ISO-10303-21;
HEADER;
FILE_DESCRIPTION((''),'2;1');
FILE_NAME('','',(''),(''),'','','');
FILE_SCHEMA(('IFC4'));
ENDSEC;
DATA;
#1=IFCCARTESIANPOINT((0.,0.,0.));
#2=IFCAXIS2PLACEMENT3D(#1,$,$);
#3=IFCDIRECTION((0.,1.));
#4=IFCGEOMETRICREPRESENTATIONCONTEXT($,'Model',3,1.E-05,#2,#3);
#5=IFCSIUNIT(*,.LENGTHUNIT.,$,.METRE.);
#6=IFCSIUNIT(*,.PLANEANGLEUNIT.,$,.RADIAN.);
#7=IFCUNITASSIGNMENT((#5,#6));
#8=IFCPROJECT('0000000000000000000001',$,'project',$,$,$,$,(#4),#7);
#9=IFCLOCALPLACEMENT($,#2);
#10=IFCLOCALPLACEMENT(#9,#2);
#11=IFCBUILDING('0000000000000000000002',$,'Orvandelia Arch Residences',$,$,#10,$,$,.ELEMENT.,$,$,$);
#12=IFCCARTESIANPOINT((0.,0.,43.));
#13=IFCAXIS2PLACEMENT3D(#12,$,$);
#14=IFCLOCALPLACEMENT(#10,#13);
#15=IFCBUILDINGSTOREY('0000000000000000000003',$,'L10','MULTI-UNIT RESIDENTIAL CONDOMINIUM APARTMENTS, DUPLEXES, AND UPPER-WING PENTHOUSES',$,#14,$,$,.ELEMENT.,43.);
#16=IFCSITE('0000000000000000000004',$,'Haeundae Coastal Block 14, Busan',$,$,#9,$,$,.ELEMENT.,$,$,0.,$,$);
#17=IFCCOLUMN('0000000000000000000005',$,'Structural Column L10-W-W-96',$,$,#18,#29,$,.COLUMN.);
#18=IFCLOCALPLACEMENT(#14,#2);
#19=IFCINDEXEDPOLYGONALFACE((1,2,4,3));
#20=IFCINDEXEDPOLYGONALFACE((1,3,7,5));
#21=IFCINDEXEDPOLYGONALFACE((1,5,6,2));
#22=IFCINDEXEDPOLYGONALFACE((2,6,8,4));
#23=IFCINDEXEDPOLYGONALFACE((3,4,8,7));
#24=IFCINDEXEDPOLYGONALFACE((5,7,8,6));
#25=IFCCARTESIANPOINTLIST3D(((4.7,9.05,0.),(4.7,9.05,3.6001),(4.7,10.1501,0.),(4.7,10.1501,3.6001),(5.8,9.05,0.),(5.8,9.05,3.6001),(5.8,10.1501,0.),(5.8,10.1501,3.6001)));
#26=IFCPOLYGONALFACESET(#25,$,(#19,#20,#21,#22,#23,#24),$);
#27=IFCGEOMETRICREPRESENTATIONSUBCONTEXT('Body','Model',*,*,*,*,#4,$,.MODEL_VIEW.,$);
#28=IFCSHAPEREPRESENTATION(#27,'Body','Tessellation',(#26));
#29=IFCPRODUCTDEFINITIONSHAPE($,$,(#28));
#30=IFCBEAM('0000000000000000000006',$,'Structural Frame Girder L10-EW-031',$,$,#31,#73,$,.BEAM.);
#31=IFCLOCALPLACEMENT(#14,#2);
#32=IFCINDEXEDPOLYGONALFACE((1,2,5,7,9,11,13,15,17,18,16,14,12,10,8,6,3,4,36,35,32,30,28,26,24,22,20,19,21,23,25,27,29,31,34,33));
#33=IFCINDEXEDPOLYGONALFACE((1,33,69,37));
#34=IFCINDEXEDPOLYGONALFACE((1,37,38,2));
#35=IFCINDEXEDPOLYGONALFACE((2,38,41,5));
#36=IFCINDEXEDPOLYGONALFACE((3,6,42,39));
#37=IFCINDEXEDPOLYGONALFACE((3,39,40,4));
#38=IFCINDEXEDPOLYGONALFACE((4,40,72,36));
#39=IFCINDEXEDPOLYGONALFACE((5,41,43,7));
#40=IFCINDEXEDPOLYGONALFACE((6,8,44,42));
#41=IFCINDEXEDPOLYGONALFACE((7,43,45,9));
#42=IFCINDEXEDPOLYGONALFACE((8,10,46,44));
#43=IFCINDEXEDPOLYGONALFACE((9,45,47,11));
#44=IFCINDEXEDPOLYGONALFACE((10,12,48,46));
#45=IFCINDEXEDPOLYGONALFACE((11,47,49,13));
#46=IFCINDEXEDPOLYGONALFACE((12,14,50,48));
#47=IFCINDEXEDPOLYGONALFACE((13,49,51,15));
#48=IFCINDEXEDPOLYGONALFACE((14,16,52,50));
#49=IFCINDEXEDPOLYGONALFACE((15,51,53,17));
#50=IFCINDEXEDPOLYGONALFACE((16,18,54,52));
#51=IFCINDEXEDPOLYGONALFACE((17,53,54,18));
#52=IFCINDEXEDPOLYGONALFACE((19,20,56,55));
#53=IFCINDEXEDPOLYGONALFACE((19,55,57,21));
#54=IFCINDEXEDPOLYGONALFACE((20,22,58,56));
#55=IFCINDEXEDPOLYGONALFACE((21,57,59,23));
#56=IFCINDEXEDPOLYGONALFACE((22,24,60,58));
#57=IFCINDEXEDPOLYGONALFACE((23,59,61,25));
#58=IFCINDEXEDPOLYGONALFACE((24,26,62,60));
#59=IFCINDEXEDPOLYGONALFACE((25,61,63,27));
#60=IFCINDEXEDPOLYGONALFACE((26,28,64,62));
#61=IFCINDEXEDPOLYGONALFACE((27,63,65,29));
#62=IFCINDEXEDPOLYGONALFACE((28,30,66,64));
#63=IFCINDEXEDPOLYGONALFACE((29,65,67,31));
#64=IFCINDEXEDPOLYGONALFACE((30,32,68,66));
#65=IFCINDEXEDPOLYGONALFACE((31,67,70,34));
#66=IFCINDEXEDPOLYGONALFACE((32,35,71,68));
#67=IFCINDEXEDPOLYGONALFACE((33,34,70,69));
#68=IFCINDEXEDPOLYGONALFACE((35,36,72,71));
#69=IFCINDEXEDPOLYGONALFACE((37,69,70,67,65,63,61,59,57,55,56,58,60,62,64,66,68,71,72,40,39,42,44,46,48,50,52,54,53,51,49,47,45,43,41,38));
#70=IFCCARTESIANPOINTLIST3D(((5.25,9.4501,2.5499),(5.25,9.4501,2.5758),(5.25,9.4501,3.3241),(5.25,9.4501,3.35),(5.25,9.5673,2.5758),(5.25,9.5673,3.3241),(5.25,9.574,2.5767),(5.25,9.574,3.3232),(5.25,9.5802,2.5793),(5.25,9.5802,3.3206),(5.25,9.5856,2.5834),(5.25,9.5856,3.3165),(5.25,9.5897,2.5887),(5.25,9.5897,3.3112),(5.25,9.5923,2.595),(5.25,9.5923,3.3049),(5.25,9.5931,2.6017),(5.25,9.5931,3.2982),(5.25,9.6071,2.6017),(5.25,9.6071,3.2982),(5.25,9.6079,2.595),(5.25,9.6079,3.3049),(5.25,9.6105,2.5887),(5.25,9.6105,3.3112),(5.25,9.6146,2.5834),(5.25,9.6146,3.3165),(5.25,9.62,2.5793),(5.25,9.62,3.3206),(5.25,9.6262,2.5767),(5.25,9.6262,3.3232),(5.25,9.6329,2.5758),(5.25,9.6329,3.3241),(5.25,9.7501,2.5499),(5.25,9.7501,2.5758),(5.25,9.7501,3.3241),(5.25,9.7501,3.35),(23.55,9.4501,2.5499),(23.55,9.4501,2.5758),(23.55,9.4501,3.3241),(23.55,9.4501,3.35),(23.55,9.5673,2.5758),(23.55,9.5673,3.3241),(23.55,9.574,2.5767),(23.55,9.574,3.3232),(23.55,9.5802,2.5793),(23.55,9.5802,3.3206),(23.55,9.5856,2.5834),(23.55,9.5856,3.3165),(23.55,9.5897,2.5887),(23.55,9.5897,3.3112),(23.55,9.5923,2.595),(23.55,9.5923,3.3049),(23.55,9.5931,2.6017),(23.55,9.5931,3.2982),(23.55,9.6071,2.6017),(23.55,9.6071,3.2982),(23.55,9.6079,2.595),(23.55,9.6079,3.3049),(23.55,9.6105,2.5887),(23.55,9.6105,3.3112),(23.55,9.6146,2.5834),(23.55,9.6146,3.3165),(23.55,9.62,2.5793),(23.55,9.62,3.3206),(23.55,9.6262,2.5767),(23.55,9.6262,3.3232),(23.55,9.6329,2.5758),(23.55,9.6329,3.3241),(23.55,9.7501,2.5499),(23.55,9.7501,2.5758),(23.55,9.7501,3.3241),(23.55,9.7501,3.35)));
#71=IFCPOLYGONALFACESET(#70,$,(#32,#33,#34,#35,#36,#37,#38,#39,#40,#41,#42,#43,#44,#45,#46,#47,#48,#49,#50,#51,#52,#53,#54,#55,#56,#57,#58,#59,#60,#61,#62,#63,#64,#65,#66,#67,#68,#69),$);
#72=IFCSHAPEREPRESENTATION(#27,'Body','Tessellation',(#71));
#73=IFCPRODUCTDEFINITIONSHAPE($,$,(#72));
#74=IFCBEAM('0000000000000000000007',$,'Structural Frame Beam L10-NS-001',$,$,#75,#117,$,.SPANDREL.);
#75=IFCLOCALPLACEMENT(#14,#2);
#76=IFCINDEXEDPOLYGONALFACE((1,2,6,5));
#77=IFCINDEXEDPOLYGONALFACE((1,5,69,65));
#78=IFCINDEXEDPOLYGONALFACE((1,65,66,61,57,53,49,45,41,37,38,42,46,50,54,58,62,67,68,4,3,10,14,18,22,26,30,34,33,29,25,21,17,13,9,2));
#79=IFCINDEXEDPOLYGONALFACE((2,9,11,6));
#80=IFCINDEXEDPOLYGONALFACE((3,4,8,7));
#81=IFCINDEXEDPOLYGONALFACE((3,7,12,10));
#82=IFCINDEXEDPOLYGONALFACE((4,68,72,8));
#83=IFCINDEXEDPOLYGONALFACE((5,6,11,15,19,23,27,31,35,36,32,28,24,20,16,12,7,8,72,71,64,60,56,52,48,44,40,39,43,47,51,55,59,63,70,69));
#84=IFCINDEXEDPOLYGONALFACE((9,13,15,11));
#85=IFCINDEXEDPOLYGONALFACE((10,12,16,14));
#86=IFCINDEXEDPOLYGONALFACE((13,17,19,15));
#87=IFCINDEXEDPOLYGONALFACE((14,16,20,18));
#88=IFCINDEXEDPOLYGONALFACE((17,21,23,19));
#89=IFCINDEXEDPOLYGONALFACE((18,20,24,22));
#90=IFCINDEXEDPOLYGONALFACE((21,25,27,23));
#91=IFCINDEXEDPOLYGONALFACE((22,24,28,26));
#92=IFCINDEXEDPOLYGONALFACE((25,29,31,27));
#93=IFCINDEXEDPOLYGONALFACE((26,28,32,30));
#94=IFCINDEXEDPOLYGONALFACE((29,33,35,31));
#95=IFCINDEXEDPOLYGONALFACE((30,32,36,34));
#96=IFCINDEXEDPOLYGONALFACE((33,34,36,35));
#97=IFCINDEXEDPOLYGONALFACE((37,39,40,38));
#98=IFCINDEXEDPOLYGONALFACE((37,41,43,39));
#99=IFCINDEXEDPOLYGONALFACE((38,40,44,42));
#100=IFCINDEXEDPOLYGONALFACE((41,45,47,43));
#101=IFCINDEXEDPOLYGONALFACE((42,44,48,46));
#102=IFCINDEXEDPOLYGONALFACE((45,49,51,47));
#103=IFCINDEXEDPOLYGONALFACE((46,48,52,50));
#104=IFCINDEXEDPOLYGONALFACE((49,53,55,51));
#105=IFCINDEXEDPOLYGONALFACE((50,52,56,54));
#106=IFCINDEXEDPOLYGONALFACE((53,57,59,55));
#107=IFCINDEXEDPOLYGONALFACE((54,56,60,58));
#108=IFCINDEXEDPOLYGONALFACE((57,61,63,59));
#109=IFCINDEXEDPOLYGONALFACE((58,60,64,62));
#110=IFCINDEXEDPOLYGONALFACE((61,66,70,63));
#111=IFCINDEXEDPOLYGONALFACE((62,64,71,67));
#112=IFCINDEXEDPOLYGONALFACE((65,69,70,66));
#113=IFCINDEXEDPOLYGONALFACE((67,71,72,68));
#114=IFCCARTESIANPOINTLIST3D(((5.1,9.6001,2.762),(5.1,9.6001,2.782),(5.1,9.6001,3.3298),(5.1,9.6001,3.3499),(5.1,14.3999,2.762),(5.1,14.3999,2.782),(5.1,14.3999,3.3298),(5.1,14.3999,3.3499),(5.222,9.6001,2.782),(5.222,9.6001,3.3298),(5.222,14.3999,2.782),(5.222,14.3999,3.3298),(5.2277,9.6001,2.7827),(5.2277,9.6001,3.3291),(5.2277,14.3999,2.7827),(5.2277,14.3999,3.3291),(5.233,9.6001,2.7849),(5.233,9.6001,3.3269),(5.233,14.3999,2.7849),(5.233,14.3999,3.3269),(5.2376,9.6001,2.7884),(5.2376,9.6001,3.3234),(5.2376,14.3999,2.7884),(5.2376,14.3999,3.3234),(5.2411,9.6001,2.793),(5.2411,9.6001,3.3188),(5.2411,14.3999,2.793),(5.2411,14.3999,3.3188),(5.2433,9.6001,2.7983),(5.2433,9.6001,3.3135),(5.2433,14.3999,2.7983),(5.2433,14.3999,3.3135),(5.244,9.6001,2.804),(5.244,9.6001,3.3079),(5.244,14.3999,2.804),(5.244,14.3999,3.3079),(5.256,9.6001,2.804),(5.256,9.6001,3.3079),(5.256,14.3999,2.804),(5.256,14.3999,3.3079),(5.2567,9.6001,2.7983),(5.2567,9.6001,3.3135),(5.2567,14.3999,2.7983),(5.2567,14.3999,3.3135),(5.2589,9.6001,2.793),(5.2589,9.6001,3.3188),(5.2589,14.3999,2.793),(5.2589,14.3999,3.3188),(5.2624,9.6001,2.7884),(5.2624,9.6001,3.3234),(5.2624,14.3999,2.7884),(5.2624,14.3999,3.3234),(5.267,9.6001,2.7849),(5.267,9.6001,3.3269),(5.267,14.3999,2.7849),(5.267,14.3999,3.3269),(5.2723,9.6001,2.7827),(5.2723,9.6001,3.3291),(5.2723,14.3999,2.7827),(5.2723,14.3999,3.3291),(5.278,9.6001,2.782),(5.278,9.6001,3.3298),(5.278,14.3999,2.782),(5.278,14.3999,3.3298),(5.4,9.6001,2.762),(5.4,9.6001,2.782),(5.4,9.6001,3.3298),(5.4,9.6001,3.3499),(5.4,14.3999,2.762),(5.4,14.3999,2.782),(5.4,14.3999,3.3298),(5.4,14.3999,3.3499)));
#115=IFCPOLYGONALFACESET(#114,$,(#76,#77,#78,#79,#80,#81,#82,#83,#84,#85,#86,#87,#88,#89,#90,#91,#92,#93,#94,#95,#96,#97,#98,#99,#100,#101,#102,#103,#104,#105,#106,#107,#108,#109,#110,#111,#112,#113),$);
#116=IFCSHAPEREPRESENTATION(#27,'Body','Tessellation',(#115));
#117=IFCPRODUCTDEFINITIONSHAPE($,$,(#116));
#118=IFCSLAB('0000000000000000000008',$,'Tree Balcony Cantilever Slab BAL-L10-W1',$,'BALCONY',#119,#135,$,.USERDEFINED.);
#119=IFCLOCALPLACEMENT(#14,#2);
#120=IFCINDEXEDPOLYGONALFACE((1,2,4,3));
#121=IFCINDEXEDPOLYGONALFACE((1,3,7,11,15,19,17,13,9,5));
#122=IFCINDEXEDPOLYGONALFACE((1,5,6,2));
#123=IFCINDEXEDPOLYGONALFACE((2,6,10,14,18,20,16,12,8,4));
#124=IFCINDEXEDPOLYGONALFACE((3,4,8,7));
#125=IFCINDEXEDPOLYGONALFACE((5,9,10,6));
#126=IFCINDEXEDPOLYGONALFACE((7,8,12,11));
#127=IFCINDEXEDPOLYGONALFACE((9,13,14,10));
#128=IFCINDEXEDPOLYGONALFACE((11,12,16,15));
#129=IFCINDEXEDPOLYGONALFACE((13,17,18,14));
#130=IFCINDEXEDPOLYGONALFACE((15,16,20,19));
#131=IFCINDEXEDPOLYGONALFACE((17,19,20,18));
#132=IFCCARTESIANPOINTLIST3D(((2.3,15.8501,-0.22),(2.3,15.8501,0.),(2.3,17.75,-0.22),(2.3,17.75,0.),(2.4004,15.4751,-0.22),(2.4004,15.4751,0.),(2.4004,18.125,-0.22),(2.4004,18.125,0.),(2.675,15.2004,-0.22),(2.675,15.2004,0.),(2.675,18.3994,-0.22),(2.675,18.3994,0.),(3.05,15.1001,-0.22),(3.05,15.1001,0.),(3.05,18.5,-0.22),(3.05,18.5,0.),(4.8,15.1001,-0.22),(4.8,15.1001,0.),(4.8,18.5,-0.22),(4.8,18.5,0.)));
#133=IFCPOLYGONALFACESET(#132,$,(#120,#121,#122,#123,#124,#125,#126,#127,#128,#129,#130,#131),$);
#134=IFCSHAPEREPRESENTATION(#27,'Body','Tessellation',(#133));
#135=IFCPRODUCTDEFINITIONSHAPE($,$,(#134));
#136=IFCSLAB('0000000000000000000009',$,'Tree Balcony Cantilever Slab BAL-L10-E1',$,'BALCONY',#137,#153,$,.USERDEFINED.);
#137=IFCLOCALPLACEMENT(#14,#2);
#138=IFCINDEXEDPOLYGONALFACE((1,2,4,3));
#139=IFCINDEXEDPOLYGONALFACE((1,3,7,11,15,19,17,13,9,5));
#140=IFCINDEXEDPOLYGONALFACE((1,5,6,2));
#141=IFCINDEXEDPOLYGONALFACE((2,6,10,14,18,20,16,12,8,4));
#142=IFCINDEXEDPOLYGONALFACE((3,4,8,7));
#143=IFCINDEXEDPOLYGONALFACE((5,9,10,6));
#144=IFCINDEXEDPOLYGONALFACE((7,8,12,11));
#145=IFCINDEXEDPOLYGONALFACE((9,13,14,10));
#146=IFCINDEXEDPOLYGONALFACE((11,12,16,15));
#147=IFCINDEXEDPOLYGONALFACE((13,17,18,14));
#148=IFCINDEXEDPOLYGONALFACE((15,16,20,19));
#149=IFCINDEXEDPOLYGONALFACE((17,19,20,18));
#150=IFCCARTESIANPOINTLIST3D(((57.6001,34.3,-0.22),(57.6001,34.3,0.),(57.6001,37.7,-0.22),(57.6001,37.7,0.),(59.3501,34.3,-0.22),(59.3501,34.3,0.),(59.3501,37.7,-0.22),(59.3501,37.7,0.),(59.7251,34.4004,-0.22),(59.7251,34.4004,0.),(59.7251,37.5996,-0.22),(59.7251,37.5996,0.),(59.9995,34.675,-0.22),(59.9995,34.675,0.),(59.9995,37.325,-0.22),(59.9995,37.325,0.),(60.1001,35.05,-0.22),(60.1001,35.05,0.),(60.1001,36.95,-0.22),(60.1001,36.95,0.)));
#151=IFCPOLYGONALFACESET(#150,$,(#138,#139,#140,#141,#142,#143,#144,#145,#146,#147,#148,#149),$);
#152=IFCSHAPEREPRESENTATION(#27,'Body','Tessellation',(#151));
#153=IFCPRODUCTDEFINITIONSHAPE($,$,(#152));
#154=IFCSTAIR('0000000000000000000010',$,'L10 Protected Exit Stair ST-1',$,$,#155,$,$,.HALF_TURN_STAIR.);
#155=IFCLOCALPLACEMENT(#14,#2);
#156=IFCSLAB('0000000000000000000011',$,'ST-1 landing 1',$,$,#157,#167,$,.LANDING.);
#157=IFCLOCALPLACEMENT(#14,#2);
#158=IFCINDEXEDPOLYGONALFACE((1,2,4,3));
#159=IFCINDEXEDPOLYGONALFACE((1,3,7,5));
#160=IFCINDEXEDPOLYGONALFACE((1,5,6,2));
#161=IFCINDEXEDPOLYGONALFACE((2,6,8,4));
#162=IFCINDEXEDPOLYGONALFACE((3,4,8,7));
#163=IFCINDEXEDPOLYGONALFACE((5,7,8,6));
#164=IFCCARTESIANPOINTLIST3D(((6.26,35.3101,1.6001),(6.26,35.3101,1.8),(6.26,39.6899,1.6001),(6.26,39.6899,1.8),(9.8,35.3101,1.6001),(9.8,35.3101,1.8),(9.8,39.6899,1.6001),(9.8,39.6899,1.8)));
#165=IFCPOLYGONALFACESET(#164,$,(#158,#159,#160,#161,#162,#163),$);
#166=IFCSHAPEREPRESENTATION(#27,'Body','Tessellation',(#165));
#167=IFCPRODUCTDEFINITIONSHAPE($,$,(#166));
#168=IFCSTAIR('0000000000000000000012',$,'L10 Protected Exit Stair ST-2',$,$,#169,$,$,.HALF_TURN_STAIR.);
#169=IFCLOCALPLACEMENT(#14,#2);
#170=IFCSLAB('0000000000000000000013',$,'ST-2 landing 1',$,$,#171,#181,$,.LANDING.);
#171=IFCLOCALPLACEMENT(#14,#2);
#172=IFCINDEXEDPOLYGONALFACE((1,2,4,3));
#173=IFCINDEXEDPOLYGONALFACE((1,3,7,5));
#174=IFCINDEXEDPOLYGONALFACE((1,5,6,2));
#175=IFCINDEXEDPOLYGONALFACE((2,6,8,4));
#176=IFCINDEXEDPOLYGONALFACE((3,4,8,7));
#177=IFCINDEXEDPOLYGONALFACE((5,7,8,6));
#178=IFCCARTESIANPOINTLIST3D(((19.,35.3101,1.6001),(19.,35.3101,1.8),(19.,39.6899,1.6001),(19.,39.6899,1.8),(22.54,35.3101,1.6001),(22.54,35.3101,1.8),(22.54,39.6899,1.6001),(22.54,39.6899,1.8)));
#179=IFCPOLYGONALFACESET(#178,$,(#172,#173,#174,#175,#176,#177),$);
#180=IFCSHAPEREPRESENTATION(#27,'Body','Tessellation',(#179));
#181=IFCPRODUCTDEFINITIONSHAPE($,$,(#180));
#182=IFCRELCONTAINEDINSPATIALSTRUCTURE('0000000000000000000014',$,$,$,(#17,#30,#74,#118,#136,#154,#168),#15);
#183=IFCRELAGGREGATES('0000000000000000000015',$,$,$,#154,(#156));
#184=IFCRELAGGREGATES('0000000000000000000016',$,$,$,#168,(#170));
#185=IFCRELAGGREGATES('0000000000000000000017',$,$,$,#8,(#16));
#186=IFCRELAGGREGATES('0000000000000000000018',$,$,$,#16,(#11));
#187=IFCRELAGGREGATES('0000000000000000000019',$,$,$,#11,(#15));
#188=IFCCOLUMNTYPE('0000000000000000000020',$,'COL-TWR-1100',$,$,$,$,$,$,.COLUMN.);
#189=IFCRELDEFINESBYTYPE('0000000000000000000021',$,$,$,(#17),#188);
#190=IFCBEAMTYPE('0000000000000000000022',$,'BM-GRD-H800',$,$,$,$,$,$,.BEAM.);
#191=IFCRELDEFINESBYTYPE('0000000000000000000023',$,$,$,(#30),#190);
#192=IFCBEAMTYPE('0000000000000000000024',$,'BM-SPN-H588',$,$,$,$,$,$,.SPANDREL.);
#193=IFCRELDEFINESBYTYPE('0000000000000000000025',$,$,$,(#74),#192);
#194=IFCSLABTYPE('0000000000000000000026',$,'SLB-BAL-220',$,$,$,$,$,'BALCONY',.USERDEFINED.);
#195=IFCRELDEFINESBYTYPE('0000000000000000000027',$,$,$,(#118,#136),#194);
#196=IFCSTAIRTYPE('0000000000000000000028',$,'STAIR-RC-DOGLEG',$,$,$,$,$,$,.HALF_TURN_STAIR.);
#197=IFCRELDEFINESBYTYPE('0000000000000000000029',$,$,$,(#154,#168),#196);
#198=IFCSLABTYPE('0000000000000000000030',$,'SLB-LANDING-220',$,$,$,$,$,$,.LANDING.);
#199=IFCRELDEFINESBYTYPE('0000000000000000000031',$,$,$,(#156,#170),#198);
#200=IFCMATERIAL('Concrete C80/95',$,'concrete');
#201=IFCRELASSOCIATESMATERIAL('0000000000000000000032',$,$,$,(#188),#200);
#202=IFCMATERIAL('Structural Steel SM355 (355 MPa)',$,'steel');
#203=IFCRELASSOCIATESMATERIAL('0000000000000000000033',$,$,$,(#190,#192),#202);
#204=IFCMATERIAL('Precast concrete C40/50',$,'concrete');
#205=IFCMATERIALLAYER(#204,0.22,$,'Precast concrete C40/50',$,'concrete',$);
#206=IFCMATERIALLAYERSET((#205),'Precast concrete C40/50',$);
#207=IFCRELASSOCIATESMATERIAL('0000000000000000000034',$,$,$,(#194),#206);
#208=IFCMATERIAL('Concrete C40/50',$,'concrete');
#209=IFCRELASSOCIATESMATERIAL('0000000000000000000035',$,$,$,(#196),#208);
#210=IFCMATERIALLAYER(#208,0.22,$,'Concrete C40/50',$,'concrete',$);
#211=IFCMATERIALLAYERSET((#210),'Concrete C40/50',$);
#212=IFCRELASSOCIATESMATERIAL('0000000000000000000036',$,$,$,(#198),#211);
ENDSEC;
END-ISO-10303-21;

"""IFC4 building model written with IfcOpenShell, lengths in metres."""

from ifc_helpers import new_model, si_unit, direction, frame, origin, origin_2d, place, context, subcontext, project, spatial, polyline, rectangle, i_section, outline, extrude, material, layer, layer_set, material_profile, profile_set, type_object, element, aggregate, save


model = new_model("IFC4")

# Units and contexts
model_context = context("Model", 3, precision=1e-05, world=origin(), true_north=direction((0.0, 1.0)))
body_context = subcontext(model_context, "Body", "Model", "MODEL_VIEW")
ifc_project = project(units=[si_unit("LENGTHUNIT", "METRE"), si_unit("PLANEANGLEUNIT", "RADIAN")], contexts=[model_context])

# Site, building, storey
site_placement = place(None, origin())
site = spatial("IfcSite", under=ifc_project, at=site_placement, Name="Haeundae Coastal Block 14, Busan", CompositionType="ELEMENT", RefElevation=0.0)
building_placement = place(site_placement, origin())
building = spatial("IfcBuilding", under=site, at=building_placement, Name="Orvandelia Arch Residences", CompositionType="ELEMENT")
storey_placement = place(building_placement, frame((0.0, 0.0, 43.0)))
storey = spatial("IfcBuildingStorey", under=building, at=storey_placement, Name="L10", Description="MULTI-UNIT RESIDENTIAL CONDOMINIUM APARTMENTS, DUPLEXES, AND UPPER-WING PENTHOUSES", CompositionType="ELEMENT", Elevation=43.0)

# Column
ifc_material_1 = material(Name="Concrete C80/95", Category="concrete")
ifc_material_profile_1 = material_profile(ifc_material_1, rectangle(XDim=1.1001, YDim=1.1001, at=origin_2d()), Name="Concrete C80/95", Category="concrete")
ifc_profile_set_1 = profile_set([ifc_material_profile_1], Name="Concrete C80/95")
column_type = type_object("IfcColumnType", Name="COL-TWR-1100", PredefinedType="COLUMN", material=ifc_profile_set_1)
column_placement = place(storey_placement, frame((5.25, 9.6001, 0.0), z_axis=(0.0, 0.0, 1.0), x_axis=(1.0, 0.0, 0.0)))
element("IfcColumn", 1, at=column_placement, inside=storey, type_object=column_type, Name="Structural Column L10-W-W-96", PredefinedType="COLUMN", context=body_context, shape_type="SweptSolid", body=[
    extrude(rectangle(XDim=1.1001, YDim=1.1001, at=origin_2d()), origin(), (0.0, 0.0, 1.0), 3.6001),
])

# Beams
ifc_material_2 = material(Name="Structural Steel SM355 (355 MPa)", Category="steel")
ifc_material_profile_2 = material_profile(ifc_material_2, i_section(OverallWidth=0.3, OverallDepth=0.8, WebThickness=0.0139, FlangeThickness=0.0259, FilletRadius=0.0259, at=origin_2d()), Name="Structural Steel SM355 (355 MPa)", Category="steel")
ifc_profile_set_2 = profile_set([ifc_material_profile_2], Name="Structural Steel SM355 (355 MPa)")
beam_type_1 = type_object("IfcBeamType", Name="BM-GRD-H800", PredefinedType="BEAM", material=ifc_profile_set_2)
beam_1_placement = place(storey_placement, frame((5.25, 9.6001, 2.95), z_axis=(1.0, 0.0, 0.0), x_axis=(0.0, 1.0, 0.0)))
element("IfcBeam", 2, at=beam_1_placement, inside=storey, type_object=beam_type_1, Name="Structural Frame Girder L10-EW-031", PredefinedType="BEAM", context=body_context, shape_type="SweptSolid", body=[
    extrude(i_section(OverallWidth=0.3, OverallDepth=0.8, WebThickness=0.0139, FlangeThickness=0.0259, FilletRadius=0.0259, at=origin_2d()), origin(), (0.0, 0.0, 1.0), 18.3),
])
ifc_material_profile_3 = material_profile(ifc_material_2, i_section(OverallWidth=0.3, OverallDepth=0.5879, WebThickness=0.012, FlangeThickness=0.02, FilletRadius=0.022, at=origin_2d()), Name="Structural Steel SM355 (355 MPa)", Category="steel")
ifc_profile_set_3 = profile_set([ifc_material_profile_3], Name="Structural Steel SM355 (355 MPa)")
beam_type_2 = type_object("IfcBeamType", Name="BM-SPN-H588", PredefinedType="SPANDREL", material=ifc_profile_set_3)
beam_2_placement = place(storey_placement, frame((5.25, 9.6001, 3.0559), z_axis=(0.0, 1.0, 0.0), x_axis=(-1.0, 0.0, 0.0)))
element("IfcBeam", 3, at=beam_2_placement, inside=storey, type_object=beam_type_2, Name="Structural Frame Beam L10-NS-001", PredefinedType="SPANDREL", context=body_context, shape_type="SweptSolid", body=[
    extrude(i_section(OverallWidth=0.3, OverallDepth=0.5879, WebThickness=0.012, FlangeThickness=0.02, FilletRadius=0.022, at=origin_2d()), origin(), (0.0, 0.0, 1.0), 4.7998),
])

# Slabs
ifc_material_3 = material(Name="Precast concrete C40/50", Category="concrete")
ifc_layer_1 = layer(ifc_material_3, 0.22, Name="Precast concrete C40/50", Category="concrete")
ifc_layer_set_1 = layer_set([ifc_layer_1], Name="Precast concrete C40/50")
slab_type_1 = type_object("IfcSlabType", Name="SLB-BAL-220", ElementType="BALCONY", PredefinedType="USERDEFINED", material=ifc_layer_set_1)
slab_1_placement = place(storey_placement, frame((0.0, 0.0, -0.22)))
element("IfcSlab", 4, at=slab_1_placement, inside=storey, type_object=slab_type_1, Name="Tree Balcony Cantilever Slab BAL-L10-W1", ObjectType="BALCONY", PredefinedType="USERDEFINED", context=body_context, shape_type="SweptSolid", body=[
    extrude(outline(polyline([(4.8, 15.1001), (4.8, 18.5), (3.05, 18.5), (2.675, 18.3994), (2.4004, 18.125), (2.3, 17.75), (2.3, 15.8501), (2.4004, 15.4751), (2.675, 15.2004), (3.05, 15.1001), (4.8, 15.1001)])), origin(), (0.0, 0.0, 1.0), 0.22),
])
slab_2_placement = place(storey_placement, frame((0.0, 0.0, -0.22)))
element("IfcSlab", 5, at=slab_2_placement, inside=storey, type_object=slab_type_1, Name="Tree Balcony Cantilever Slab BAL-L10-E1", ObjectType="BALCONY", PredefinedType="USERDEFINED", context=body_context, shape_type="SweptSolid", body=[
    extrude(outline(polyline([(57.6001, 37.7), (57.6001, 34.3), (59.3501, 34.3), (59.7251, 34.4004), (59.9995, 34.675), (60.1001, 35.05), (60.1001, 36.95), (59.9995, 37.325), (59.7251, 37.5996), (59.3501, 37.7), (57.6001, 37.7)])), origin(), (0.0, 0.0, 1.0), 0.22),
])

# Stairs, slabs
ifc_material_4 = material(Name="Concrete C40/50", Category="concrete")
stair_type = type_object("IfcStairType", Name="STAIR-RC-DOGLEG", PredefinedType="HALF_TURN_STAIR", material=ifc_material_4)
stair_1_placement = place(storey_placement, origin())
stair_1 = element("IfcStair", 6, at=stair_1_placement, inside=storey, type_object=stair_type, Name="L10 Protected Exit Stair ST-1", PredefinedType="HALF_TURN_STAIR")
ifc_layer_2 = layer(ifc_material_4, 0.22, Name="Concrete C40/50", Category="concrete")
ifc_layer_set_2 = layer_set([ifc_layer_2], Name="Concrete C40/50")
slab_type_2 = type_object("IfcSlabType", Name="SLB-LANDING-220", PredefinedType="LANDING", material=ifc_layer_set_2)
slab_3_placement = place(storey_placement, frame((0.0, 0.0, 1.6001)))
slab_3 = element("IfcSlab", 7, at=slab_3_placement, type_object=slab_type_2, Name="ST-1 landing 1", PredefinedType="LANDING", context=body_context, shape_type="SweptSolid", body=[
    extrude(outline(polyline([(9.8, 35.3101), (9.8, 39.6899), (6.26, 39.6899), (6.26, 35.3101), (9.8, 35.3101)])), origin(), (0.0, 0.0, 1.0), 0.2),
])
aggregate(stair_1, [slab_3])
stair_2_placement = place(storey_placement, origin())
stair_2 = element("IfcStair", 8, at=stair_2_placement, inside=storey, type_object=stair_type, Name="L10 Protected Exit Stair ST-2", PredefinedType="HALF_TURN_STAIR")
slab_4_placement = place(storey_placement, frame((0.0, 0.0, 1.6001)))
slab_4 = element("IfcSlab", 9, at=slab_4_placement, type_object=slab_type_2, Name="ST-2 landing 1", PredefinedType="LANDING", context=body_context, shape_type="SweptSolid", body=[
    extrude(outline(polyline([(22.54, 35.3101), (22.54, 39.6899), (19.0, 39.6899), (19.0, 35.3101), (22.54, 35.3101)])), origin(), (0.0, 0.0, 1.0), 0.2),
])
aggregate(stair_2, [slab_4])

save(model, "model.ifc")
